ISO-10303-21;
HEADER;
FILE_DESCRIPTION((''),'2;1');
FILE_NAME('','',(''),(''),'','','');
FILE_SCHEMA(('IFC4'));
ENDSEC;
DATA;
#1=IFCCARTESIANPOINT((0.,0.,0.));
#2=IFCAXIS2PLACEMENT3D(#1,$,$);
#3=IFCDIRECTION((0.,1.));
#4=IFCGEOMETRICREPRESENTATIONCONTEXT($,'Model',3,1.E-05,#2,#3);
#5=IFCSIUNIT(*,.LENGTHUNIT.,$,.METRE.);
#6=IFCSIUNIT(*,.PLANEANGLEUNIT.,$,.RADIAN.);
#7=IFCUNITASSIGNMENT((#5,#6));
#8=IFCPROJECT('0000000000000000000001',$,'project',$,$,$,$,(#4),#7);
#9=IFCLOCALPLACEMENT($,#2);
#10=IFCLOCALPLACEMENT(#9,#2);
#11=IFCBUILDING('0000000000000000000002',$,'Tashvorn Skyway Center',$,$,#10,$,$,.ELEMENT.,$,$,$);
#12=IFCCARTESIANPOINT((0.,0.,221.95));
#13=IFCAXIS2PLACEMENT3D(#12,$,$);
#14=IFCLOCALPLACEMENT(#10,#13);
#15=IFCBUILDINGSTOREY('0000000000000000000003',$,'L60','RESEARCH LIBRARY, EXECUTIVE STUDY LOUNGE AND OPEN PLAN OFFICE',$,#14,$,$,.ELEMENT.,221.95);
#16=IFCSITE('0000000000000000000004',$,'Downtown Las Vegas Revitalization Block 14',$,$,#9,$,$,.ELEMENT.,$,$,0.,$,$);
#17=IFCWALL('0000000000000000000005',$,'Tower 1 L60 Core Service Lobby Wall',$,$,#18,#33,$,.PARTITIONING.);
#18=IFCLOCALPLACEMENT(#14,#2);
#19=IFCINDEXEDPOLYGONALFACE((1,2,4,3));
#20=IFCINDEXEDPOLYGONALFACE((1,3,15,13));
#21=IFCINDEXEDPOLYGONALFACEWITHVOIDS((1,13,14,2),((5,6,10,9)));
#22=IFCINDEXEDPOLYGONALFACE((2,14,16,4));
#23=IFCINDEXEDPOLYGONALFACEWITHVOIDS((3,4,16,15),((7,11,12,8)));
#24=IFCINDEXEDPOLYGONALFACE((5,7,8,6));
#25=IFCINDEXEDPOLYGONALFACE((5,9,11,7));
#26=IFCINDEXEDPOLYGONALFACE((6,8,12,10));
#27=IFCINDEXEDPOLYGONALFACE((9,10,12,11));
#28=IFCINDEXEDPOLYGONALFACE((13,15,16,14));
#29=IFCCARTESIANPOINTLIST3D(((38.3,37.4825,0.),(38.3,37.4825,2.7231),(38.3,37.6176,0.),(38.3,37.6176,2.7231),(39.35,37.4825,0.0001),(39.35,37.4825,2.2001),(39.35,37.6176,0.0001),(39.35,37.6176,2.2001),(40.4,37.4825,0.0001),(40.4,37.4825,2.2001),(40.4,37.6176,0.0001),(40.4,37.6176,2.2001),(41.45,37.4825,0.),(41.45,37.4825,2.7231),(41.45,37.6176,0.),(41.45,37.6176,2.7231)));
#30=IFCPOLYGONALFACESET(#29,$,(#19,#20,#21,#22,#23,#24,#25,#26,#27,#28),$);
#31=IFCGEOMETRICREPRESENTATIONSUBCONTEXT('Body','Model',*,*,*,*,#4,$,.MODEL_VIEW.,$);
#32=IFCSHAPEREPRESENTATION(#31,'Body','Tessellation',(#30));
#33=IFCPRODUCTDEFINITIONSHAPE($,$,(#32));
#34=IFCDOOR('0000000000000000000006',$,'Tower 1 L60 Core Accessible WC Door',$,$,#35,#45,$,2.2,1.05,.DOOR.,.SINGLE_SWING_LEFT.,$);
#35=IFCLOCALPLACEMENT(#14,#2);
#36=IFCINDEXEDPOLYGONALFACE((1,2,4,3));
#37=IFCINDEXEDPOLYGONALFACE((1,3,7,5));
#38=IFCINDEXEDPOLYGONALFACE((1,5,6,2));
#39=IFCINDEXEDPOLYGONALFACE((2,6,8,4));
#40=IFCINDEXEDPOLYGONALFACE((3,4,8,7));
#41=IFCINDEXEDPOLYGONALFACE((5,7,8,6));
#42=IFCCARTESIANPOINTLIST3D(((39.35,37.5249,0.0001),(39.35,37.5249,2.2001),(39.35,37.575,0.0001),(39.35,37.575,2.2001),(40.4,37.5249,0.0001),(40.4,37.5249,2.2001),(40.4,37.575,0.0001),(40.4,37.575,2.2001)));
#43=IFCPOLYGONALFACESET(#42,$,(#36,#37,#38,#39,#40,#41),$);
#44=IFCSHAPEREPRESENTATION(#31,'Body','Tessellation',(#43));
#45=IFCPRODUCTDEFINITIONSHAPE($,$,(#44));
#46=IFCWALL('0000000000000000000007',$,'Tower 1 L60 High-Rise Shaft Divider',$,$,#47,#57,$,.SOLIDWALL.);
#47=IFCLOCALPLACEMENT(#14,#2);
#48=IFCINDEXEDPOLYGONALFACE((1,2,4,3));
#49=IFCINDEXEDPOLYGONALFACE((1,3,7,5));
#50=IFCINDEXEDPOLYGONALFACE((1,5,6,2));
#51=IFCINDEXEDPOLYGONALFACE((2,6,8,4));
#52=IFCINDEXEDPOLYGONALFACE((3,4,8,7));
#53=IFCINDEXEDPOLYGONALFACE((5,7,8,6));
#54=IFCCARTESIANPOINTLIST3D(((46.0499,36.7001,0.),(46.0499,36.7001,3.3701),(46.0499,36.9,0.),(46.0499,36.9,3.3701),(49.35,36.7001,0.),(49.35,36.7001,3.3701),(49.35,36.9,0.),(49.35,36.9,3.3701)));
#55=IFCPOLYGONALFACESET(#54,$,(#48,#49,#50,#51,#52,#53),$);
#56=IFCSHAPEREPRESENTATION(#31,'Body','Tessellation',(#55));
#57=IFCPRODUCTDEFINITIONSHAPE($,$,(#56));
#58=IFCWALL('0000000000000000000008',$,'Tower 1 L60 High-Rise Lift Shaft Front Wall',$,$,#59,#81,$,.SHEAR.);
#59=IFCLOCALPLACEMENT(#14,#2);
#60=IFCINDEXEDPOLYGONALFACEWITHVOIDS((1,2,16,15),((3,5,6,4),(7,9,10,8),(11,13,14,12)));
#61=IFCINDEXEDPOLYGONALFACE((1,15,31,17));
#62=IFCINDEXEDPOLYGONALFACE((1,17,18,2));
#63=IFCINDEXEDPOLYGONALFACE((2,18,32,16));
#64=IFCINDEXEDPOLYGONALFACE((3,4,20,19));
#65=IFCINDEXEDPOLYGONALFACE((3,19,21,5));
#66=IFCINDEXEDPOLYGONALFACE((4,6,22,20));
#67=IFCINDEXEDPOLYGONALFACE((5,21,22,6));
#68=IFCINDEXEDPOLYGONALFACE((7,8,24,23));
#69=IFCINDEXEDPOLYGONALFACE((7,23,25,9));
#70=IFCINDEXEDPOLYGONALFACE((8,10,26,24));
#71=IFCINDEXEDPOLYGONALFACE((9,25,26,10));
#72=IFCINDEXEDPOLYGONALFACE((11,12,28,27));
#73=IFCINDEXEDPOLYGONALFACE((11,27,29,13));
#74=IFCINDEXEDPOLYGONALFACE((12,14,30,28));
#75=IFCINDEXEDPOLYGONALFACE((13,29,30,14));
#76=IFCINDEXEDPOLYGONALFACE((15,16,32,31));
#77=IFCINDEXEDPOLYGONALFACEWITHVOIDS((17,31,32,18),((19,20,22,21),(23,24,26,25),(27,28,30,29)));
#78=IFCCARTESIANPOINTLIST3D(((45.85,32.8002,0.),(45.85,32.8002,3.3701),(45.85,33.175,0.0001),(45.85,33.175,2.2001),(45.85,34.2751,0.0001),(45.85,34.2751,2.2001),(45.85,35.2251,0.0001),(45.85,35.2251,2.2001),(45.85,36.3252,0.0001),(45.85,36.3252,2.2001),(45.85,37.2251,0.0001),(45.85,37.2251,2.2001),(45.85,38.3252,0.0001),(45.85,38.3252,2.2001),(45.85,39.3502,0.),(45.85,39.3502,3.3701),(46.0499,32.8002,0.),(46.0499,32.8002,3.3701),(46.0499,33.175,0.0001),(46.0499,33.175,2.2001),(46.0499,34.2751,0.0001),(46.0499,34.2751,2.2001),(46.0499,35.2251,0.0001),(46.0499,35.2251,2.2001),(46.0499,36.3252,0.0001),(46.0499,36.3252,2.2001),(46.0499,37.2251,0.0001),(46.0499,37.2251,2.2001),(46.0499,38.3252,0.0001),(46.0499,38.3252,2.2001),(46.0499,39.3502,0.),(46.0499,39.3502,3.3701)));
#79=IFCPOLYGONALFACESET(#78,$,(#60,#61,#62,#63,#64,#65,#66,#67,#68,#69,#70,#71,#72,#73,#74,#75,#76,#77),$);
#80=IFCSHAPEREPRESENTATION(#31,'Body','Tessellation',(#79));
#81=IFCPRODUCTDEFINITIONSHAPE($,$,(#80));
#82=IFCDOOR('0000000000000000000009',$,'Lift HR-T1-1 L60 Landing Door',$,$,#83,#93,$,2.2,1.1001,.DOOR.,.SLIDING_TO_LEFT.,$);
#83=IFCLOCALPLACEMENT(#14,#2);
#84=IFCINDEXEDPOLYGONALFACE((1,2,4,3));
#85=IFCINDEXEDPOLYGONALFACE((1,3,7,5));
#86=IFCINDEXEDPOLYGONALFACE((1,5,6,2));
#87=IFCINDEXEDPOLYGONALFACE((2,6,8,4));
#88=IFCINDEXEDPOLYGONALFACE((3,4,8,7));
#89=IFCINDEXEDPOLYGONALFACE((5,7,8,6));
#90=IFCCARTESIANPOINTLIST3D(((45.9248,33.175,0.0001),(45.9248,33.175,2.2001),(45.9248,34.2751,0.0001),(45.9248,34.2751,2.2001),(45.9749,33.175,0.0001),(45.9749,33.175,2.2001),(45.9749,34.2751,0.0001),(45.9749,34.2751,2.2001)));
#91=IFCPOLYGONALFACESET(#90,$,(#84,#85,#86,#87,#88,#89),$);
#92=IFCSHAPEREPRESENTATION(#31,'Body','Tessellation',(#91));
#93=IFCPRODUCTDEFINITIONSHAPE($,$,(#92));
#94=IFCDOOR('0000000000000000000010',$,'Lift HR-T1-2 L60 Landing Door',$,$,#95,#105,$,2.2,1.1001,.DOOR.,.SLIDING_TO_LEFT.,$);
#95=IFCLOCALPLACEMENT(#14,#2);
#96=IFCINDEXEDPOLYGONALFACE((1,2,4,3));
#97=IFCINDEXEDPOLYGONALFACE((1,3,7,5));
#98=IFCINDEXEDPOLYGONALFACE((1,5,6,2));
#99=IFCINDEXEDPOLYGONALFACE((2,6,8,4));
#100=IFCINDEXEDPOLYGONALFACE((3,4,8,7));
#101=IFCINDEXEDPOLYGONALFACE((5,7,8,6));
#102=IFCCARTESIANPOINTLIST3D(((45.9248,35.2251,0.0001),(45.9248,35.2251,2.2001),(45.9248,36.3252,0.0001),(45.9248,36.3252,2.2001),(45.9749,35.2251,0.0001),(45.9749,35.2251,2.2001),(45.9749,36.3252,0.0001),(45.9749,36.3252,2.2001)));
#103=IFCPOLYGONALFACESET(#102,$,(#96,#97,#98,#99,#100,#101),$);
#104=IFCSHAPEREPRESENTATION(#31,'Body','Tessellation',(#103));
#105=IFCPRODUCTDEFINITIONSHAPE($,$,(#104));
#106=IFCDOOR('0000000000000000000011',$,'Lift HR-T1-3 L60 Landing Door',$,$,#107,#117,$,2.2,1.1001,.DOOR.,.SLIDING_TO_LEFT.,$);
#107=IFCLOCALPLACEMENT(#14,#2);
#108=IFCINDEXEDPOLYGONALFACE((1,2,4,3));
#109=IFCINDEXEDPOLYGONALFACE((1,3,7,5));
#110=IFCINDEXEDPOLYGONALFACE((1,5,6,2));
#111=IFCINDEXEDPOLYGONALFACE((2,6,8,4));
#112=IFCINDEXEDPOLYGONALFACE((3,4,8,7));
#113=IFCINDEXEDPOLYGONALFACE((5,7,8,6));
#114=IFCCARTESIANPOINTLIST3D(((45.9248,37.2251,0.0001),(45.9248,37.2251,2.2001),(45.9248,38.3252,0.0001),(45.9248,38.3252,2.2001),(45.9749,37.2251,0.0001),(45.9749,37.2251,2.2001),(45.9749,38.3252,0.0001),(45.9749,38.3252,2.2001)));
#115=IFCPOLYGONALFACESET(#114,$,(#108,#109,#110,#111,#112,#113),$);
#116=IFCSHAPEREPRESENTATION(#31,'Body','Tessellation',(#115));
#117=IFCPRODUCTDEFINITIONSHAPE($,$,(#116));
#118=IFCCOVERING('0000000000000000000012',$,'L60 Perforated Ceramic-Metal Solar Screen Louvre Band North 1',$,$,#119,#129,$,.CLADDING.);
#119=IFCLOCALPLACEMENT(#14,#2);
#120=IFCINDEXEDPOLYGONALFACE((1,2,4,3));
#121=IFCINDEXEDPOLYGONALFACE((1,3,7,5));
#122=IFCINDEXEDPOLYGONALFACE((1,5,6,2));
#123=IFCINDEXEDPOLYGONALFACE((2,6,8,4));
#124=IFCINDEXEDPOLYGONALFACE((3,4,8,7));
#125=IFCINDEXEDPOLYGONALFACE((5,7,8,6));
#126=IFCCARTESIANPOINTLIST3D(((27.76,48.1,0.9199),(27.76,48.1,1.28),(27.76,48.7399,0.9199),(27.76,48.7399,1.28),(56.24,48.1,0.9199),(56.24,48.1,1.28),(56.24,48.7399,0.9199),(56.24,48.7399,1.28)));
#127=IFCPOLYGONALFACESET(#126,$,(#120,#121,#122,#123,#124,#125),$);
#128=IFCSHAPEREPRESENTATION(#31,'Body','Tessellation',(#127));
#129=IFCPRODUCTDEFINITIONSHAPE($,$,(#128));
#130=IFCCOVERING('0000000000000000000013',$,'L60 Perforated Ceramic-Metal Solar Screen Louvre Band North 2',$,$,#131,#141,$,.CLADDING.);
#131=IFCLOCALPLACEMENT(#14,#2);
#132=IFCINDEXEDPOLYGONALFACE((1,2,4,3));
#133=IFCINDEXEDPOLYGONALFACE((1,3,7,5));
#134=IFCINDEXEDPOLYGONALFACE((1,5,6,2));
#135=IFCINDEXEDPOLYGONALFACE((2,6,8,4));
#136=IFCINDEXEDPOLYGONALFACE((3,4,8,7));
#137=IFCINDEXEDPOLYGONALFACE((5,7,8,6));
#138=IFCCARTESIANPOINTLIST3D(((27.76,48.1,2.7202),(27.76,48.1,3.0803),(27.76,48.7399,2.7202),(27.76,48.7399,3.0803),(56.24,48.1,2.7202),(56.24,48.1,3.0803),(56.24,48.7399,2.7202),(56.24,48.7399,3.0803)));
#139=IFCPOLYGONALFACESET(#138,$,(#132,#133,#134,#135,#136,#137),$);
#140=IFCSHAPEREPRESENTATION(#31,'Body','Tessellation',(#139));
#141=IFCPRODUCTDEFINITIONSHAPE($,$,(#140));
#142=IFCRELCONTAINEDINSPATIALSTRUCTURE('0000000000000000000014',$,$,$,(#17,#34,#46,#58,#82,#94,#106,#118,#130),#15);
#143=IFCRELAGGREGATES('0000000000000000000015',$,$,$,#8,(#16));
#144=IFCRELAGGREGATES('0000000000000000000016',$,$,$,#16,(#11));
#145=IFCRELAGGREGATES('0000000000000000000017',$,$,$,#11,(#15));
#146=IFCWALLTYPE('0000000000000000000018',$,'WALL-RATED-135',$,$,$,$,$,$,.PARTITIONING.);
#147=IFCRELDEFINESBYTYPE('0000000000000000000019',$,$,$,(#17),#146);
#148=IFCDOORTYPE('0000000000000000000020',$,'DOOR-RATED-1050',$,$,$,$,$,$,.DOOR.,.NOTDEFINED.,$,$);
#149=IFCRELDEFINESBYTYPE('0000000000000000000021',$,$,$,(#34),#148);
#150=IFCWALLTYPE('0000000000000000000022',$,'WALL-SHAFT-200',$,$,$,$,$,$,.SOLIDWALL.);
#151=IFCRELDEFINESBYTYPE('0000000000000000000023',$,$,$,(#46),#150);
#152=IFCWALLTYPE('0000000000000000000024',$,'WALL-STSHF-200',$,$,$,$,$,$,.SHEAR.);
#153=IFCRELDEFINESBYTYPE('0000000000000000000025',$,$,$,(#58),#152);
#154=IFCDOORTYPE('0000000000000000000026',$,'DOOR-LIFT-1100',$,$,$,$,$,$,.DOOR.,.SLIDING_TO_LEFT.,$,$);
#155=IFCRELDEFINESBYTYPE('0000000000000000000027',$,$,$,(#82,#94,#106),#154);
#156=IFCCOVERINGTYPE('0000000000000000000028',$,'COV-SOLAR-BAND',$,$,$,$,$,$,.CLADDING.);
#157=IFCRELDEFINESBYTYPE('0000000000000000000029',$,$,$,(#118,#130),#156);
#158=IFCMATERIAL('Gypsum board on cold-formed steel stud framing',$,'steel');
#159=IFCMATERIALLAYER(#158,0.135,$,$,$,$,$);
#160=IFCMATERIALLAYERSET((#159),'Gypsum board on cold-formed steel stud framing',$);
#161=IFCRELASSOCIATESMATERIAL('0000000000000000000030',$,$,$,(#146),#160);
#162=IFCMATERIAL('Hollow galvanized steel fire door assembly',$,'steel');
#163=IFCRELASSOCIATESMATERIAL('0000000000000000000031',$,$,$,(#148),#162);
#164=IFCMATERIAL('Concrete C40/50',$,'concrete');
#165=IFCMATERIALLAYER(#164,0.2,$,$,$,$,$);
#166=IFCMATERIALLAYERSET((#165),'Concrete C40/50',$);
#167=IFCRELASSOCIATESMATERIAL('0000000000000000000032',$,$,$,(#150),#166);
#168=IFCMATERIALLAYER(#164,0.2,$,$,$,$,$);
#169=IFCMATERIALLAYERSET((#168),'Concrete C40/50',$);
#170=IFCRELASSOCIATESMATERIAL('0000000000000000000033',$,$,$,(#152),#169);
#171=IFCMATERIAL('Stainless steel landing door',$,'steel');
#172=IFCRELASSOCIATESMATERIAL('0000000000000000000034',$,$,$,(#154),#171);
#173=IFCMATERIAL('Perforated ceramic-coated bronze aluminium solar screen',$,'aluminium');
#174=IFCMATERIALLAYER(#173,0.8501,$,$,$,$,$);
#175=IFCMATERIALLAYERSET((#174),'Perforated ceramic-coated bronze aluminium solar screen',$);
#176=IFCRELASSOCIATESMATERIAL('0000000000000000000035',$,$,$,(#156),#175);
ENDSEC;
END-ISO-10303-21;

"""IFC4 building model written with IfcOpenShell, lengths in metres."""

from ifc_helpers import new_model, si_unit, direction, frame, frame_2d, origin, origin_2d, place, context, subcontext, project, spatial, rectangle, extrude, material, layer, layer_set, type_object, element, fill, save


model = new_model("IFC4")

# Units and contexts
model_context = context("Model", 3, precision=1e-05, world=origin(), true_north=direction((0.0, 1.0)))
body_context = subcontext(model_context, "Body", "Model", "MODEL_VIEW")
ifc_project = project(units=[si_unit("LENGTHUNIT", "METRE"), si_unit("PLANEANGLEUNIT", "RADIAN")], contexts=[model_context])

# Site, building, storey
site_placement = place(None, origin())
site = spatial("IfcSite", under=ifc_project, at=site_placement, Name="Downtown Las Vegas Revitalization Block 14", CompositionType="ELEMENT", RefElevation=0.0)
building_placement = place(site_placement, origin())
building = spatial("IfcBuilding", under=site, at=building_placement, Name="Tashvorn Skyway Center", CompositionType="ELEMENT")
storey_placement = place(building_placement, frame((0.0, 0.0, 221.95)))
storey = spatial("IfcBuildingStorey", under=building, at=storey_placement, Name="L60", Description="RESEARCH LIBRARY, EXECUTIVE STUDY LOUNGE AND OPEN PLAN OFFICE", CompositionType="ELEMENT", Elevation=221.95)

# Shared definitions
ifc_material_1 = material(Name="Gypsum board on cold-formed steel stud framing", Category="steel")

# Wall, opening, door
ifc_layer_1 = layer(ifc_material_1, 0.135)
ifc_layer_set_1 = layer_set([ifc_layer_1], Name="Gypsum board on cold-formed steel stud framing")
wall_type_1 = type_object("IfcWallType", Name="WALL-RATED-135", PredefinedType="PARTITIONING", material=ifc_layer_set_1)
wall_1_placement = place(storey_placement, frame((38.3, 37.55, 0.0), z_axis=(0.0, 0.0, 1.0), x_axis=(1.0, 0.0, 0.0)))
wall_1 = element("IfcWall", 1, at=wall_1_placement, inside=storey, type_object=wall_type_1, Name="Tower 1 L60 Core Service Lobby Wall", PredefinedType="PARTITIONING", context=body_context, shape_type="SweptSolid", body=[
    extrude(rectangle(XDim=3.1499, YDim=0.135, at=frame_2d((1.575, 0.0))), origin(), (0.0, 0.0, 1.0), 2.7231),
])
opening_1_placement = place(wall_1_placement, frame((1.05, 0.0, 0.0)))
opening_1 = element("IfcOpeningElement", 2, at=opening_1_placement, cuts=wall_1, PredefinedType="OPENING", context=body_context, shape_type="SweptSolid", body=[
    extrude(rectangle(XDim=1.05, YDim=2.2, at=frame_2d((0.5249, 1.1001))), frame((0.0, 0.0774, 0.0), z_axis=(0.0, -1.0, 0.0), x_axis=(1.0, 0.0, 0.0)), (0.0, 0.0, 1.0), 0.155),
])
ifc_material_2 = material(Name="Hollow galvanized steel fire door assembly", Category="steel")
door_type_1 = type_object("IfcDoorType", Name="DOOR-RATED-1050", OperationType="NOTDEFINED", PredefinedType="DOOR", material=ifc_material_2)
door_1_placement = place(opening_1_placement, origin())
door_1 = element("IfcDoor", 3, at=door_1_placement, inside=storey, type_object=door_type_1, Name="Tower 1 L60 Core Accessible WC Door", OperationType="SINGLE_SWING_LEFT", OverallHeight=2.2, OverallWidth=1.05, PredefinedType="DOOR", context=body_context, shape_type="SweptSolid", body=[
    extrude(rectangle(XDim=1.05, YDim=2.2, at=frame_2d((0.5249, 1.1001))), frame((0.0, 0.0249, 0.0), z_axis=(0.0, -1.0, 0.0), x_axis=(1.0, 0.0, 0.0)), (0.0, 0.0, 1.0), 0.05),
])
fill(opening_1, door_1)

# Wall
ifc_material_3 = material(Name="Concrete C40/50", Category="concrete")
ifc_layer_2 = layer(ifc_material_3, 0.2)
ifc_layer_set_2 = layer_set([ifc_layer_2], Name="Concrete C40/50")
wall_type_2 = type_object("IfcWallType", Name="WALL-SHAFT-200", PredefinedType="SOLIDWALL", material=ifc_layer_set_2)
wall_2_placement = place(storey_placement, frame((46.05, 36.8, 0.0), z_axis=(0.0, 0.0, 1.0), x_axis=(1.0, 0.0, 0.0)))
element("IfcWall", 4, at=wall_2_placement, inside=storey, type_object=wall_type_2, Name="Tower 1 L60 High-Rise Shaft Divider", PredefinedType="SOLIDWALL", context=body_context, shape_type="SweptSolid", body=[
    extrude(rectangle(XDim=3.3, YDim=0.2, at=frame_2d((1.6499, 0.0))), origin(), (0.0, 0.0, 1.0), 3.3701),
])

# Wall, openings, doors
ifc_layer_3 = layer(ifc_material_3, 0.2)
ifc_layer_set_3 = layer_set([ifc_layer_3], Name="Concrete C40/50")
wall_type_3 = type_object("IfcWallType", Name="WALL-STSHF-200", PredefinedType="SHEAR", material=ifc_layer_set_3)
wall_3_placement = place(storey_placement, frame((45.95, 39.3501, 0.0), z_axis=(0.0, 0.0, 1.0), x_axis=(0.0, -1.0, 0.0)))
wall_3 = element("IfcWall", 5, at=wall_3_placement, inside=storey, type_object=wall_type_3, Name="Tower 1 L60 High-Rise Lift Shaft Front Wall", PredefinedType="SHEAR", context=body_context, shape_type="SweptSolid", body=[
    extrude(rectangle(XDim=6.55, YDim=0.2, at=frame_2d((3.2749, 0.0))), origin(), (0.0, 0.0, 1.0), 3.3701),
])
opening_2_placement = place(wall_3_placement, frame((5.075, 0.0, 0.0)))
opening_2 = element("IfcOpeningElement", 6, at=opening_2_placement, cuts=wall_3, PredefinedType="OPENING", context=body_context, shape_type="SweptSolid", body=[
    extrude(rectangle(XDim=1.1001, YDim=2.2, at=frame_2d((0.55, 1.1001))), frame((0.0, 0.1099, 0.0), z_axis=(0.0, -1.0, 0.0), x_axis=(1.0, 0.0, 0.0)), (0.0, 0.0, 1.0), 0.22),
])
opening_3_placement = place(wall_3_placement, frame((3.0249, 0.0, 0.0)))
opening_3 = element("IfcOpeningElement", 7, at=opening_3_placement, cuts=wall_3, PredefinedType="OPENING", context=body_context, shape_type="SweptSolid", body=[
    extrude(rectangle(XDim=1.1001, YDim=2.2, at=frame_2d((0.55, 1.1001))), frame((0.0, 0.1099, 0.0), z_axis=(0.0, -1.0, 0.0), x_axis=(1.0, 0.0, 0.0)), (0.0, 0.0, 1.0), 0.22),
])
opening_4_placement = place(wall_3_placement, frame((1.0249, 0.0, 0.0)))
opening_4 = element("IfcOpeningElement", 8, at=opening_4_placement, cuts=wall_3, PredefinedType="OPENING", context=body_context, shape_type="SweptSolid", body=[
    extrude(rectangle(XDim=1.1001, YDim=2.2, at=frame_2d((0.55, 1.1001))), frame((0.0, 0.1099, 0.0), z_axis=(0.0, -1.0, 0.0), x_axis=(1.0, 0.0, 0.0)), (0.0, 0.0, 1.0), 0.22),
])
ifc_material_4 = material(Name="Stainless steel landing door", Category="steel")
door_type_2 = type_object("IfcDoorType", Name="DOOR-LIFT-1100", OperationType="SLIDING_TO_LEFT", PredefinedType="DOOR", material=ifc_material_4)
door_2_placement = place(opening_2_placement, origin())
door_2 = element("IfcDoor", 9, at=door_2_placement, inside=storey, type_object=door_type_2, Name="Lift HR-T1-1 L60 Landing Door", OperationType="SLIDING_TO_LEFT", OverallHeight=2.2, OverallWidth=1.1001, PredefinedType="DOOR", context=body_context, shape_type="SweptSolid", body=[
    extrude(rectangle(XDim=1.1001, YDim=2.2, at=frame_2d((0.55, 1.1001))), frame((0.0, 0.0249, 0.0), z_axis=(0.0, -1.0, 0.0), x_axis=(1.0, 0.0, 0.0)), (0.0, 0.0, 1.0), 0.05),
])
fill(opening_2, door_2)
door_3_placement = place(opening_3_placement, origin())
door_3 = element("IfcDoor", 10, at=door_3_placement, inside=storey, type_object=door_type_2, Name="Lift HR-T1-2 L60 Landing Door", OperationType="SLIDING_TO_LEFT", OverallHeight=2.2, OverallWidth=1.1001, PredefinedType="DOOR", context=body_context, shape_type="SweptSolid", body=[
    extrude(rectangle(XDim=1.1001, YDim=2.2, at=frame_2d((0.55, 1.1001))), frame((0.0, 0.0249, 0.0), z_axis=(0.0, -1.0, 0.0), x_axis=(1.0, 0.0, 0.0)), (0.0, 0.0, 1.0), 0.05),
])
fill(opening_3, door_3)
door_4_placement = place(opening_4_placement, origin())
door_4 = element("IfcDoor", 11, at=door_4_placement, inside=storey, type_object=door_type_2, Name="Lift HR-T1-3 L60 Landing Door", OperationType="SLIDING_TO_LEFT", OverallHeight=2.2, OverallWidth=1.1001, PredefinedType="DOOR", context=body_context, shape_type="SweptSolid", body=[
    extrude(rectangle(XDim=1.1001, YDim=2.2, at=frame_2d((0.55, 1.1001))), frame((0.0, 0.0249, 0.0), z_axis=(0.0, -1.0, 0.0), x_axis=(1.0, 0.0, 0.0)), (0.0, 0.0, 1.0), 0.05),
])
fill(opening_4, door_4)

# Coverings
ifc_material_5 = material(Name="Perforated ceramic-coated bronze aluminium solar screen", Category="aluminium")
ifc_layer_4 = layer(ifc_material_5, 0.8501)
ifc_layer_set_4 = layer_set([ifc_layer_4], Name="Perforated ceramic-coated bronze aluminium solar screen")
covering_type = type_object("IfcCoveringType", Name="COV-SOLAR-BAND", PredefinedType="CLADDING", material=ifc_layer_set_4)
for number, where, z_axis, x_axis, name in (
    (12, (42.0, 48.4199, 0.9199), (0.0, 0.0, 1.0), (1.0, 0.0, 0.0), "L60 Perforated Ceramic-Metal Solar Screen Louvre Band North 1"),
    (13, (42.0, 48.4199, 2.7202), (0.0, 0.0, 1.0), (1.0, 0.0, 0.0), "L60 Perforated Ceramic-Metal Solar Screen Louvre Band North 2"),
):
    element("IfcCovering", number, at=place(storey_placement, frame(where, z_axis=z_axis, x_axis=x_axis)), inside=storey, type_object=covering_type, Name=name, PredefinedType="CLADDING", context=body_context, shape_type="SweptSolid", body=[
        extrude(rectangle(XDim=28.48, YDim=0.6399, at=origin_2d()), origin(), (0.0, 0.0, 1.0), 0.3601),
    ])

save(model, "model.ifc")
